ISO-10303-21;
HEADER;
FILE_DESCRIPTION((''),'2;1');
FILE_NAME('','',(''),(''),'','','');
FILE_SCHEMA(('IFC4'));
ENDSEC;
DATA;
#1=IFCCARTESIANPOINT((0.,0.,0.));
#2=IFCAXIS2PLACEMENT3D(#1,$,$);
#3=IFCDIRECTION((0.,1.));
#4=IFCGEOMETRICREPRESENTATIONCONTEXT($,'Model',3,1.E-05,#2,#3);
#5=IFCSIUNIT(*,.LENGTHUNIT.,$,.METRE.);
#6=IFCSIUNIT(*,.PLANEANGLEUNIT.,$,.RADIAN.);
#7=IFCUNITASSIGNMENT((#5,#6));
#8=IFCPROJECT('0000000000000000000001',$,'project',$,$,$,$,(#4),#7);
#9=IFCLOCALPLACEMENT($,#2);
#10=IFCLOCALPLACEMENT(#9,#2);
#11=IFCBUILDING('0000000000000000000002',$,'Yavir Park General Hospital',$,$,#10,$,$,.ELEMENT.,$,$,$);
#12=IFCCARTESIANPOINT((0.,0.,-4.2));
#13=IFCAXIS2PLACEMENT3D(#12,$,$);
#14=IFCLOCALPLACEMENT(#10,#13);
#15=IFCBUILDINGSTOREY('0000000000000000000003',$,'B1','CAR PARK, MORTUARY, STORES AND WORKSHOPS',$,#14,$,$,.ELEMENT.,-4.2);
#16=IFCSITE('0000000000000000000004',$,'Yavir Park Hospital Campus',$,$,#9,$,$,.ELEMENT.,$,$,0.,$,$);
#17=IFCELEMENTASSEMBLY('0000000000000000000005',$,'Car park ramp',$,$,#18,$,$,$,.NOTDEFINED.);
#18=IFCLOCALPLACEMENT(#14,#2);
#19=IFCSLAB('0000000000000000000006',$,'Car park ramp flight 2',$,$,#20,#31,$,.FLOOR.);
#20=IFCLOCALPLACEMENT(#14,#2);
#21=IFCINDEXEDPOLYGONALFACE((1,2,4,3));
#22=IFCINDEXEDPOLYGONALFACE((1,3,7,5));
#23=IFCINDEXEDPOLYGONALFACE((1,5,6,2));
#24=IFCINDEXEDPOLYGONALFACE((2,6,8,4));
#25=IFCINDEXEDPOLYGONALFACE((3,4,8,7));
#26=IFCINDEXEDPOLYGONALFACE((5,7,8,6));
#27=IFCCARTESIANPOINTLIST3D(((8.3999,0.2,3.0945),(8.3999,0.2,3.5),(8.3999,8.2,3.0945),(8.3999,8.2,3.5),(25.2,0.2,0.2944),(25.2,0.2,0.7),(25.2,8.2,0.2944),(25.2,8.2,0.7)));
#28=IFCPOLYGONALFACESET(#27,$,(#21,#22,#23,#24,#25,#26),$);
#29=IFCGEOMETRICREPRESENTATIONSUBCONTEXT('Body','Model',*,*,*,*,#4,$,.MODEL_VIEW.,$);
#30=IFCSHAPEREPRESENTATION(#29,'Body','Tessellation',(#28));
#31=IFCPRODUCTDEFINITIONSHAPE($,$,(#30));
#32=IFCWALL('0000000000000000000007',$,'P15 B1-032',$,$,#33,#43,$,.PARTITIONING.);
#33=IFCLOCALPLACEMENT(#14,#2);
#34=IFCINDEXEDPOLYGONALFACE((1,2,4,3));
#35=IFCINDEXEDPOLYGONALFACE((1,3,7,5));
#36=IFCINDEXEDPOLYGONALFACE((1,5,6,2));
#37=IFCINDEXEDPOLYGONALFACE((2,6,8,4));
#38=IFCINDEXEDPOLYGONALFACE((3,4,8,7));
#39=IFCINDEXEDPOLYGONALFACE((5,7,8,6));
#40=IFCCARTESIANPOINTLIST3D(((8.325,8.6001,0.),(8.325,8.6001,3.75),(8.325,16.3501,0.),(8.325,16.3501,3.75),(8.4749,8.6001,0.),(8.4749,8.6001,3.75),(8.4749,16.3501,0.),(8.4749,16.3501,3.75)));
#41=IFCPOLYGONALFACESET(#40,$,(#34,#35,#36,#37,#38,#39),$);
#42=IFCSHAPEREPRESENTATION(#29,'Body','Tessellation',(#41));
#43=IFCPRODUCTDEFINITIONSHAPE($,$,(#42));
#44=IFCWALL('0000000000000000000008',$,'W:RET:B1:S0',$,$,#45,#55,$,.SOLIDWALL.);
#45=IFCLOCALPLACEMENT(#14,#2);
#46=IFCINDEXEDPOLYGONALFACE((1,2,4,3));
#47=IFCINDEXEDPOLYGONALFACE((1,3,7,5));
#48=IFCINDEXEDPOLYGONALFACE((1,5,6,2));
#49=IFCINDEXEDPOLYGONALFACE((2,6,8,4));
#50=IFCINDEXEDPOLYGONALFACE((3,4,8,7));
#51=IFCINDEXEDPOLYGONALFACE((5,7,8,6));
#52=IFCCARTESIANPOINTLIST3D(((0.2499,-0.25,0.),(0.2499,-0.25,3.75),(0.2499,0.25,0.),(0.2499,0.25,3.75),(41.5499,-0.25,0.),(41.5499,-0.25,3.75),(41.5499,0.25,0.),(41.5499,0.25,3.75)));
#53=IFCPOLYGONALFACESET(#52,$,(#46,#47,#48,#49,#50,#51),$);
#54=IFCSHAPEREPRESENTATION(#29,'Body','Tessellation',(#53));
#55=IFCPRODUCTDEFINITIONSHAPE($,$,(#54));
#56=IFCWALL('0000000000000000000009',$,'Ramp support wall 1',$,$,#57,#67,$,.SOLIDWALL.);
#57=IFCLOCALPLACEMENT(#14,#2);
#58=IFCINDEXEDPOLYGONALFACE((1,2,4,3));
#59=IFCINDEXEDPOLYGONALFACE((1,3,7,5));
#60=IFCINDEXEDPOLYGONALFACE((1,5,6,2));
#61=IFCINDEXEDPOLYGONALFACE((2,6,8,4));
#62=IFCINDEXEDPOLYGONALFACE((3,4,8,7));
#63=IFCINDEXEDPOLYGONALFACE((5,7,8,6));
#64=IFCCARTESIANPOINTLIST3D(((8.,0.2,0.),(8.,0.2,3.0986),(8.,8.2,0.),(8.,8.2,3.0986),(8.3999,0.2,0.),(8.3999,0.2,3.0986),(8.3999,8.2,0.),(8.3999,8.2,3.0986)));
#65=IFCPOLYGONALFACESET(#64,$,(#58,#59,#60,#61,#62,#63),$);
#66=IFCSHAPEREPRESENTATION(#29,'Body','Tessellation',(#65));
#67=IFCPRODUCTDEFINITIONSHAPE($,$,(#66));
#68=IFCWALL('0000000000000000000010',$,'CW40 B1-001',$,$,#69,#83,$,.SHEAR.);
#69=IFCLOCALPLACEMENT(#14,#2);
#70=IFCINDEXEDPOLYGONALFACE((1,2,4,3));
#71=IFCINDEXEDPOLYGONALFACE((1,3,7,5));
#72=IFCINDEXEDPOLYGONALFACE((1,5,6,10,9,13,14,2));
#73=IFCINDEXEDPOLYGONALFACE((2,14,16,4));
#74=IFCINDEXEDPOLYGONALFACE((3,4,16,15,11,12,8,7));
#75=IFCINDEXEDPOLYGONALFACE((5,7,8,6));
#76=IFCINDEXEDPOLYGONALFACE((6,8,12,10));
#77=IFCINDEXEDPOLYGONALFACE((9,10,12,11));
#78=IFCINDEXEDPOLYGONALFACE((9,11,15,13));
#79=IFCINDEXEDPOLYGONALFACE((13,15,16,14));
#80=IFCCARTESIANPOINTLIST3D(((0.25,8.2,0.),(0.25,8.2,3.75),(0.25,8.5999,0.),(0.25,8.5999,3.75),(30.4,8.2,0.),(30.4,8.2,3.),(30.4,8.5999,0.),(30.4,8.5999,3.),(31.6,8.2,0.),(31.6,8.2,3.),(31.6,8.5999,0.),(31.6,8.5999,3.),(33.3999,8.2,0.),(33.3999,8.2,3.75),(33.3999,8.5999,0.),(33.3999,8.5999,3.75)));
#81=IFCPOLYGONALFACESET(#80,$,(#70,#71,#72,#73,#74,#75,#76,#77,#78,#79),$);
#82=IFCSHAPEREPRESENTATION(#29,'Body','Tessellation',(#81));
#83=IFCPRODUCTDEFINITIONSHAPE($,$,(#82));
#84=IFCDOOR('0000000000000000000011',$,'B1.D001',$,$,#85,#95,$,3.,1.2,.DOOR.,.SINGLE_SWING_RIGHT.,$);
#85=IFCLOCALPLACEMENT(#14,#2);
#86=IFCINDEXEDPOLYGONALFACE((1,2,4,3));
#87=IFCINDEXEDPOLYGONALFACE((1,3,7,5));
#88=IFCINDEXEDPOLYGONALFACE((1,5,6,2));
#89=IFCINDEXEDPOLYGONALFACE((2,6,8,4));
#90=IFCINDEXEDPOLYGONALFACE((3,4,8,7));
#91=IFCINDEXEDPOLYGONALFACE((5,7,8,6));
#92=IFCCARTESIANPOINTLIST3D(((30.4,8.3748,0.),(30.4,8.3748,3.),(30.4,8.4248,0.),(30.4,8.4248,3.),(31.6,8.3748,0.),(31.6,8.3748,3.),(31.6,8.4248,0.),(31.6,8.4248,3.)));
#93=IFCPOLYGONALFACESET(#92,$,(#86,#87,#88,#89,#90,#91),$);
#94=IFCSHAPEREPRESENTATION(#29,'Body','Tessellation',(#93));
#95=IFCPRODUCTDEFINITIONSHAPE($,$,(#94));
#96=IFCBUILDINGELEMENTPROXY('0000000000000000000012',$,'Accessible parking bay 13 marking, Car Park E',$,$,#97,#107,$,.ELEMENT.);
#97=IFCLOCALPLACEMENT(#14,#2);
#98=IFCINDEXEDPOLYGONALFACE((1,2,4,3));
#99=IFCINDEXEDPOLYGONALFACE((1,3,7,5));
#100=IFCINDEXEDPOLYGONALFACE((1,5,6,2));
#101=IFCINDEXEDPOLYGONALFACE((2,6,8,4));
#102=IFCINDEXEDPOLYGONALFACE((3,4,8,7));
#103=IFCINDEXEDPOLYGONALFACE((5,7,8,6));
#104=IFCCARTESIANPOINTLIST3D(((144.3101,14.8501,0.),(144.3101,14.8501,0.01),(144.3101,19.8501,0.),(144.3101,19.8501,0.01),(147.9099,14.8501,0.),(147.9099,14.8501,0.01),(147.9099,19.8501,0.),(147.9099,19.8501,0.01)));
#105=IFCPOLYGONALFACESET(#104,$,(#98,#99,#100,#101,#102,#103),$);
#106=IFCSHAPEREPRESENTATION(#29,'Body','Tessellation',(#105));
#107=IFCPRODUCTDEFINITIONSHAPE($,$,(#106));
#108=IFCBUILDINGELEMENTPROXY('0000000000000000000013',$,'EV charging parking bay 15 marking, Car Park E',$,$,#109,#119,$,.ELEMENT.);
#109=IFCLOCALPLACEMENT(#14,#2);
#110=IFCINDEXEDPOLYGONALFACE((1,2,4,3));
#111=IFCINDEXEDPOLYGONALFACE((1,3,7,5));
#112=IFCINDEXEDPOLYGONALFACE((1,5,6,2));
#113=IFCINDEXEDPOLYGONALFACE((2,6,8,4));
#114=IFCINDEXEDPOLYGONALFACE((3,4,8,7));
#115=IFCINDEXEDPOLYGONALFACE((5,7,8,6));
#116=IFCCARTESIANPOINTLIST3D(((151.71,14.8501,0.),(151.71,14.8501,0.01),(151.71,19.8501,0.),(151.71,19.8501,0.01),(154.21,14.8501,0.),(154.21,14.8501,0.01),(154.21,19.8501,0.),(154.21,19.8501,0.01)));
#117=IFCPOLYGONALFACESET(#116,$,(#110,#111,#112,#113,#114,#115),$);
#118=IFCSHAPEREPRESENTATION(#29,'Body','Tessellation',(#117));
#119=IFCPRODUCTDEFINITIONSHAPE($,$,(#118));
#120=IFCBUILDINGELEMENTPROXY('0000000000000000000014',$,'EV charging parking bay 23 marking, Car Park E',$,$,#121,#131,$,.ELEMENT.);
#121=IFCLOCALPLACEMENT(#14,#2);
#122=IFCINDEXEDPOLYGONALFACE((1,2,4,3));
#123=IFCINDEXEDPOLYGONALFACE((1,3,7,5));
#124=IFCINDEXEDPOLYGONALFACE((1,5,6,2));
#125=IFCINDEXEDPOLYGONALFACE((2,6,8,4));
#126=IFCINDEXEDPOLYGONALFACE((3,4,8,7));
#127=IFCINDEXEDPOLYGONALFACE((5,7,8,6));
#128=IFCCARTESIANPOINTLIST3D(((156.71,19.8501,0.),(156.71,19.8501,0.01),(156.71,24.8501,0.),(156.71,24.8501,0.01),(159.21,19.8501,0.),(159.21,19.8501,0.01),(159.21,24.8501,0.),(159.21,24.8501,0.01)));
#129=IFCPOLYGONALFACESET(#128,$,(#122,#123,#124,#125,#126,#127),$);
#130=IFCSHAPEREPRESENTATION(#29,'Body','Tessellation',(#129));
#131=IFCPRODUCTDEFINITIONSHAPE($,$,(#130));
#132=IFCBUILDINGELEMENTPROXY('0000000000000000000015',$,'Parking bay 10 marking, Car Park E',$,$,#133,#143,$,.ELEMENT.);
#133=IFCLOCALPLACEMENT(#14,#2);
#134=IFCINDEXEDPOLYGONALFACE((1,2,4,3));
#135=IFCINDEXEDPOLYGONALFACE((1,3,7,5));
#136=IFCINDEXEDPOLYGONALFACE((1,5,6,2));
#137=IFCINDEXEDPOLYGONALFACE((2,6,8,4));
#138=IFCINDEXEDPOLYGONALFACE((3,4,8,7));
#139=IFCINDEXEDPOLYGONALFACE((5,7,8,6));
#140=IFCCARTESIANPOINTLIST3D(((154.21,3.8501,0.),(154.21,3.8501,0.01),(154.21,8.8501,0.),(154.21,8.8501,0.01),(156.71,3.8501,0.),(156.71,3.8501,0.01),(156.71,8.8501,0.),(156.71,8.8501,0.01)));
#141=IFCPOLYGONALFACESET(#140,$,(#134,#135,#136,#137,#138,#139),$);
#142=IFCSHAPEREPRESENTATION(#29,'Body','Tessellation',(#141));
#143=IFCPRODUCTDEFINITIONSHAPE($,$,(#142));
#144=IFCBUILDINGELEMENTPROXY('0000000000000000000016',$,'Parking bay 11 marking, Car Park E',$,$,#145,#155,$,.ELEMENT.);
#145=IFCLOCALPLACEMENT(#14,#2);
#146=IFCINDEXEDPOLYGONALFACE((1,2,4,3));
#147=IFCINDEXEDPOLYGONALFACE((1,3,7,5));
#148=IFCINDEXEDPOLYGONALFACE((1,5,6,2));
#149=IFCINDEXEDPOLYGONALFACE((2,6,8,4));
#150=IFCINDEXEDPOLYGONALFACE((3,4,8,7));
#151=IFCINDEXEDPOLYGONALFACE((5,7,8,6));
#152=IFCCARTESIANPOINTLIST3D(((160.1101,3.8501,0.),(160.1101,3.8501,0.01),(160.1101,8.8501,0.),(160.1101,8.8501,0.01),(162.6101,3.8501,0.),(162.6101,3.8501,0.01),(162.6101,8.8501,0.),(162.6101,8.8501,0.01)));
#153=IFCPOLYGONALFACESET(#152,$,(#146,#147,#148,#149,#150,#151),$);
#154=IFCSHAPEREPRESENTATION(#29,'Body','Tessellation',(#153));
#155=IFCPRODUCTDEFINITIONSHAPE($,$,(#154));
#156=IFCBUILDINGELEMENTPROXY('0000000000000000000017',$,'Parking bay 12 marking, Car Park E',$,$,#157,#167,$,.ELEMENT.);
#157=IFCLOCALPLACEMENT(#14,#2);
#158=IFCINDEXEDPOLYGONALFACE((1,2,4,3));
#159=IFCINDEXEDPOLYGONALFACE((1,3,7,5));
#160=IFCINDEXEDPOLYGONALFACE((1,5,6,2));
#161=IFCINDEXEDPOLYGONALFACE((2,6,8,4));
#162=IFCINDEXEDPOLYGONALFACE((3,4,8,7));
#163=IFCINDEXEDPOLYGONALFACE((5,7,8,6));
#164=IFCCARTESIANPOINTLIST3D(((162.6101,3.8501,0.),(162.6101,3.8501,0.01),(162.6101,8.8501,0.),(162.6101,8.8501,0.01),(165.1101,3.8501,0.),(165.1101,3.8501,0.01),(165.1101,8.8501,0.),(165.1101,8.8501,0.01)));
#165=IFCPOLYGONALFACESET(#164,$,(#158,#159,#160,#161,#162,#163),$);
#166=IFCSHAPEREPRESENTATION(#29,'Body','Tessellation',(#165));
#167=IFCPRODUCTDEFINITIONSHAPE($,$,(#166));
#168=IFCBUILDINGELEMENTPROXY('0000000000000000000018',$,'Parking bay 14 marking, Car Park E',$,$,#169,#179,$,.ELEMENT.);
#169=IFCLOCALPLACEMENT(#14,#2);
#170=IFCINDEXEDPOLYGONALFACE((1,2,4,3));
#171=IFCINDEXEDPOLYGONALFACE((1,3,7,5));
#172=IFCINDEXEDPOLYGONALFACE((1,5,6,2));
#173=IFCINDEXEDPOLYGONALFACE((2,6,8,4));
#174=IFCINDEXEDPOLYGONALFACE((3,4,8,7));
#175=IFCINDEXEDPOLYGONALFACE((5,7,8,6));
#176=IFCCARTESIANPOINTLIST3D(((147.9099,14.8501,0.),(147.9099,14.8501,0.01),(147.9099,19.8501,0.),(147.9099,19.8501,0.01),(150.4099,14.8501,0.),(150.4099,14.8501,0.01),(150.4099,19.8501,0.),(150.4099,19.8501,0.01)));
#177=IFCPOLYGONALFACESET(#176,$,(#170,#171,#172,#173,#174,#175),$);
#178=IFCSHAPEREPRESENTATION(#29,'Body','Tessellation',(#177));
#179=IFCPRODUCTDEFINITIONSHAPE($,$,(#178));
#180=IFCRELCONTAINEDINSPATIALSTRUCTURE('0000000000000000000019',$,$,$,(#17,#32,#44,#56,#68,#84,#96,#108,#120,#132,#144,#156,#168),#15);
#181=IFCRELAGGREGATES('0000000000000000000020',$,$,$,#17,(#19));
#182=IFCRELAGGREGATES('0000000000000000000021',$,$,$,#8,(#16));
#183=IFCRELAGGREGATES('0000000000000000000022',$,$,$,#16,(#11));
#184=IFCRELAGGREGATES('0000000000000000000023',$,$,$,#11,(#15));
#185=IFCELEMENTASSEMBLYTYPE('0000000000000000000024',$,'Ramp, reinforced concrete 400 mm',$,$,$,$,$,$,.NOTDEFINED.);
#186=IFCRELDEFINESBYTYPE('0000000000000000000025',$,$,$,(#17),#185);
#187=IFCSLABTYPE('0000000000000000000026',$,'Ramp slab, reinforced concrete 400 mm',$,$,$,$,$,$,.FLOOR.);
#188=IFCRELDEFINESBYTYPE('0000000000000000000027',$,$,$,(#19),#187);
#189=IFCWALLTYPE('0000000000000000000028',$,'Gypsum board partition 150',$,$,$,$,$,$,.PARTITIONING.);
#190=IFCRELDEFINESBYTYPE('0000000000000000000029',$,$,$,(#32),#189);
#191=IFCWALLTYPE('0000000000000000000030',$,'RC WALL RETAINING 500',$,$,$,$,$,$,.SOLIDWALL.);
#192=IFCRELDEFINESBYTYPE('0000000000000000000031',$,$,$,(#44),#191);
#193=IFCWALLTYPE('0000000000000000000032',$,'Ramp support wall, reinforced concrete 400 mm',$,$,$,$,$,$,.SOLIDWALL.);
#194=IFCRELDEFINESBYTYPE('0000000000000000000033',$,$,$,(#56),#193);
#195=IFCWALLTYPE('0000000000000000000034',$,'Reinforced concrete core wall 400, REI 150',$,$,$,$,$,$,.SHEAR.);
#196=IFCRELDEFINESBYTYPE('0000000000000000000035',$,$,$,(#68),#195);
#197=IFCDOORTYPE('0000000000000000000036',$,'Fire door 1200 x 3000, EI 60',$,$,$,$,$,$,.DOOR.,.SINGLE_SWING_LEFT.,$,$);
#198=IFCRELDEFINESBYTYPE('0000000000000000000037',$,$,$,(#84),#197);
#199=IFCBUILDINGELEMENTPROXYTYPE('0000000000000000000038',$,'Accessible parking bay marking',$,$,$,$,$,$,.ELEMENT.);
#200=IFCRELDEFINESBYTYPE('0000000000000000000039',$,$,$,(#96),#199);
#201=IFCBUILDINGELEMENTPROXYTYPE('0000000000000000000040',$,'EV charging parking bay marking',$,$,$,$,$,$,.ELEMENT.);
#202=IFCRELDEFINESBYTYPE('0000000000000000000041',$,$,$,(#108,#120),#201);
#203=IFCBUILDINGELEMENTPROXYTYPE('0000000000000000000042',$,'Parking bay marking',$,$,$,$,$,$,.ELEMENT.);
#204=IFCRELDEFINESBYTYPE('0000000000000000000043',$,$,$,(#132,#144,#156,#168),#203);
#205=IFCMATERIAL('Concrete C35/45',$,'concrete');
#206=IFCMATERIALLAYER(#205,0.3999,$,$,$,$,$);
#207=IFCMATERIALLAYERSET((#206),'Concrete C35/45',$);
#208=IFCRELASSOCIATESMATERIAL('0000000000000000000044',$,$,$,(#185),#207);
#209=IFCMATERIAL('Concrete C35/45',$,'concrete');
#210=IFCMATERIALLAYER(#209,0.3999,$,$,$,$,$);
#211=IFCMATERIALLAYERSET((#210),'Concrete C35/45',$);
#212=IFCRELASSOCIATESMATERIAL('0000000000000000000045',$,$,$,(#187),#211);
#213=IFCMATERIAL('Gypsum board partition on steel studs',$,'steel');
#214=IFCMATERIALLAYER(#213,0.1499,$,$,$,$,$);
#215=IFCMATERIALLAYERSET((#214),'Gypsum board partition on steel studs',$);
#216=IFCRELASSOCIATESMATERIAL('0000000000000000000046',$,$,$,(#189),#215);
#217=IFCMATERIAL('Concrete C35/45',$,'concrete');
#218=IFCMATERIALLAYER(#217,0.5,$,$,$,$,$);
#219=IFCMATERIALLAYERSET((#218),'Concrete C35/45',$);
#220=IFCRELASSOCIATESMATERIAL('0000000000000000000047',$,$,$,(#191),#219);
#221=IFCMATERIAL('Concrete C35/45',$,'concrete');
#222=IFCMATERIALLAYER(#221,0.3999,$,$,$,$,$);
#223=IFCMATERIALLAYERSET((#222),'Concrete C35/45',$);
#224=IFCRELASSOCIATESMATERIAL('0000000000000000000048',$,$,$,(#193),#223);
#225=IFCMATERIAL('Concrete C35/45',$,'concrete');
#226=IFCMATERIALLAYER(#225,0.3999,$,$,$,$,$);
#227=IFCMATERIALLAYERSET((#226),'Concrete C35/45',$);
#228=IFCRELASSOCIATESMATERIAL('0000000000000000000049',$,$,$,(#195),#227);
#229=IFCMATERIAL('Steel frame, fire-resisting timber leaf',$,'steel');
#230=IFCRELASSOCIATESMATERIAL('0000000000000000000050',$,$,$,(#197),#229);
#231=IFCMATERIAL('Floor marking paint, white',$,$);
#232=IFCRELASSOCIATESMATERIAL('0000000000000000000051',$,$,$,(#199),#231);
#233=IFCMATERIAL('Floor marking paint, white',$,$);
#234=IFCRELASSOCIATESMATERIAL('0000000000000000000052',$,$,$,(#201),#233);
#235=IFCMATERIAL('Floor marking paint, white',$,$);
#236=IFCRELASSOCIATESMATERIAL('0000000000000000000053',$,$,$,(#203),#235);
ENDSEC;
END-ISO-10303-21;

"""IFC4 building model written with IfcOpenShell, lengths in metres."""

from ifc_helpers import new_model, si_unit, direction, frame, frame_2d, origin, place, context, subcontext, project, spatial, polyline, rectangle, outline, extrude, material, layer, layer_set, type_object, element, fill, aggregate, save


model = new_model("IFC4")

# Units and contexts
model_context = context("Model", 3, precision=1e-05, world=origin(), true_north=direction((0.0, 1.0)))
body_context = subcontext(model_context, "Body", "Model", "MODEL_VIEW")
ifc_project = project(units=[si_unit("LENGTHUNIT", "METRE"), si_unit("PLANEANGLEUNIT", "RADIAN")], contexts=[model_context])

# Site, building, storey
site_placement = place(None, origin())
site = spatial("IfcSite", under=ifc_project, at=site_placement, Name="Yavir Park Hospital Campus", CompositionType="ELEMENT", RefElevation=0.0)
building_placement = place(site_placement, origin())
building = spatial("IfcBuilding", under=site, at=building_placement, Name="Yavir Park General Hospital", CompositionType="ELEMENT")
storey_placement = place(building_placement, frame((0.0, 0.0, -4.2)))
storey = spatial("IfcBuildingStorey", under=building, at=storey_placement, Name="B1", Description="CAR PARK, MORTUARY, STORES AND WORKSHOPS", CompositionType="ELEMENT", Elevation=-4.2)

# Element assembly, slab
ifc_material_1 = material(Name="Concrete C35/45", Category="concrete")
ifc_layer_1 = layer(ifc_material_1, 0.3999)
ifc_layer_set_1 = layer_set([ifc_layer_1], Name="Concrete C35/45")
element_assembly_type = type_object("IfcElementAssemblyType", Name="Ramp, reinforced concrete 400 mm", PredefinedType="NOTDEFINED", material=ifc_layer_set_1)
assembly_placement = place(storey_placement, origin())
assembly = element("IfcElementAssembly", 1, at=assembly_placement, inside=storey, type_object=element_assembly_type, Name="Car park ramp", PredefinedType="NOTDEFINED")
ifc_material_2 = material(Name="Concrete C35/45", Category="concrete")
ifc_layer_2 = layer(ifc_material_2, 0.3999)
ifc_layer_set_2 = layer_set([ifc_layer_2], Name="Concrete C35/45")
slab_type = type_object("IfcSlabType", Name="Ramp slab, reinforced concrete 400 mm", PredefinedType="FLOOR", material=ifc_layer_set_2)
slab_placement = place(storey_placement, frame((8.3999, 0.2, 3.5), z_axis=(0.0, 0.0, 1.0), x_axis=(1.0, 0.0, 0.0)))
slab = element("IfcSlab", 2, at=slab_placement, type_object=slab_type, Name="Car park ramp flight 2", PredefinedType="FLOOR", context=body_context, shape_type="SweptSolid", body=[
    extrude(outline(polyline([(0.0, 0.0), (16.8, -2.8), (16.8, -3.2056), (0.0, -0.4055), (0.0, 0.0)])), frame((0.0, 8.0, 0.0), z_axis=(0.0, -1.0, 0.0), x_axis=(1.0, 0.0, 0.0)), (0.0, 0.0, 1.0), 8.0),
])
aggregate(assembly, [slab])

# Walls
ifc_material_3 = material(Name="Gypsum board partition on steel studs", Category="steel")
ifc_layer_3 = layer(ifc_material_3, 0.1499)
ifc_layer_set_3 = layer_set([ifc_layer_3], Name="Gypsum board partition on steel studs")
wall_type_1 = type_object("IfcWallType", Name="Gypsum board partition 150", PredefinedType="PARTITIONING", material=ifc_layer_set_3)
wall_1_placement = place(storey_placement, frame((8.3999, 8.6001, 0.0), z_axis=(0.0, 0.0, 1.0), x_axis=(0.0, 1.0, 0.0)))
element("IfcWall", 3, at=wall_1_placement, inside=storey, type_object=wall_type_1, Name="P15 B1-032", PredefinedType="PARTITIONING", context=body_context, shape_type="SweptSolid", body=[
    extrude(rectangle(XDim=7.75, YDim=0.1499, at=frame_2d((3.875, 0.0))), origin(), (0.0, 0.0, 1.0), 3.75),
])
ifc_material_4 = material(Name="Concrete C35/45", Category="concrete")
ifc_layer_4 = layer(ifc_material_4, 0.5)
ifc_layer_set_4 = layer_set([ifc_layer_4], Name="Concrete C35/45")
wall_type_2 = type_object("IfcWallType", Name="RC WALL RETAINING 500", PredefinedType="SOLIDWALL", material=ifc_layer_set_4)
wall_2_placement = place(storey_placement, frame((0.25, 0.0, 0.0), z_axis=(0.0, 0.0, 1.0), x_axis=(1.0, 0.0, 0.0)))
element("IfcWall", 4, at=wall_2_placement, inside=storey, type_object=wall_type_2, Name="W:RET:B1:S0", PredefinedType="SOLIDWALL", context=body_context, shape_type="SweptSolid", body=[
    extrude(rectangle(XDim=41.3, YDim=0.5, at=frame_2d((20.6499, 0.0))), origin(), (0.0, 0.0, 1.0), 3.75),
])
ifc_material_5 = material(Name="Concrete C35/45", Category="concrete")
ifc_layer_5 = layer(ifc_material_5, 0.3999)
ifc_layer_set_5 = layer_set([ifc_layer_5], Name="Concrete C35/45")
wall_type_3 = type_object("IfcWallType", Name="Ramp support wall, reinforced concrete 400 mm", PredefinedType="SOLIDWALL", material=ifc_layer_set_5)
wall_3_placement = place(storey_placement, frame((8.2, 0.2, 0.0), z_axis=(0.0, 0.0, 1.0), x_axis=(0.0, 1.0, 0.0)))
element("IfcWall", 5, at=wall_3_placement, inside=storey, type_object=wall_type_3, Name="Ramp support wall 1", PredefinedType="SOLIDWALL", context=body_context, shape_type="SweptSolid", body=[
    extrude(rectangle(XDim=8.0, YDim=0.3999, at=frame_2d((4.0, 0.0))), origin(), (0.0, 0.0, 1.0), 3.0986),
])

# Wall, opening, door
ifc_material_6 = material(Name="Concrete C35/45", Category="concrete")
ifc_layer_6 = layer(ifc_material_6, 0.3999)
ifc_layer_set_6 = layer_set([ifc_layer_6], Name="Concrete C35/45")
wall_type_4 = type_object("IfcWallType", Name="Reinforced concrete core wall 400, REI 150", PredefinedType="SHEAR", material=ifc_layer_set_6)
wall_4_placement = place(storey_placement, frame((0.25, 8.3999, 0.0), z_axis=(0.0, 0.0, 1.0), x_axis=(1.0, 0.0, 0.0)))
wall_4 = element("IfcWall", 6, at=wall_4_placement, inside=storey, type_object=wall_type_4, Name="CW40 B1-001", PredefinedType="SHEAR", context=body_context, shape_type="SweptSolid", body=[
    extrude(rectangle(XDim=33.1499, YDim=0.3999, at=frame_2d((16.575, 0.0))), origin(), (0.0, 0.0, 1.0), 3.75),
])
opening_placement = place(wall_4_placement, frame((30.1499, 0.0, 0.0)))
opening = element("IfcOpeningElement", 7, at=opening_placement, cuts=wall_4, PredefinedType="OPENING", context=body_context, shape_type="SweptSolid", body=[
    extrude(rectangle(XDim=1.2, YDim=3.0, at=frame_2d((0.6001, 1.5))), frame((0.0, 0.21, 0.0), z_axis=(0.0, -1.0, 0.0), x_axis=(1.0, 0.0, 0.0)), (0.0, 0.0, 1.0), 0.4199),
])
ifc_material_7 = material(Name="Steel frame, fire-resisting timber leaf", Category="steel")
door_type = type_object("IfcDoorType", Name="Fire door 1200 x 3000, EI 60", OperationType="SINGLE_SWING_LEFT", PredefinedType="DOOR", material=ifc_material_7)
door_placement = place(opening_placement, origin())
door = element("IfcDoor", 8, at=door_placement, inside=storey, type_object=door_type, Name="B1.D001", OperationType="SINGLE_SWING_RIGHT", OverallHeight=3.0, OverallWidth=1.2, PredefinedType="DOOR", context=body_context, shape_type="SweptSolid", body=[
    extrude(rectangle(XDim=1.2, YDim=3.0, at=frame_2d((0.6001, 1.5))), frame((0.0, 0.0249, 0.0), z_axis=(0.0, -1.0, 0.0), x_axis=(1.0, 0.0, 0.0)), (0.0, 0.0, 1.0), 0.05),
])
fill(opening, door)

# Building element proxies
ifc_material_8 = material(Name="Floor marking paint, white")
building_element_proxy_type_1 = type_object("IfcBuildingElementProxyType", Name="Accessible parking bay marking", PredefinedType="ELEMENT", material=ifc_material_8)
proxy_1_placement = place(storey_placement, origin())
element("IfcBuildingElementProxy", 9, at=proxy_1_placement, inside=storey, type_object=building_element_proxy_type_1, Name="Accessible parking bay 13 marking, Car Park E", PredefinedType="ELEMENT", context=body_context, shape_type="SweptSolid", body=[
    extrude(outline(polyline([(144.3101, 14.8501), (147.9099, 14.8501), (147.9099, 19.8501), (144.3101, 19.8501), (144.3101, 14.8501)])), origin(), (0.0, 0.0, 1.0), 0.01),
])
ifc_material_9 = material(Name="Floor marking paint, white")
building_element_proxy_type_2 = type_object("IfcBuildingElementProxyType", Name="EV charging parking bay marking", PredefinedType="ELEMENT", material=ifc_material_9)
proxy_2_placement = place(storey_placement, origin())
element("IfcBuildingElementProxy", 10, at=proxy_2_placement, inside=storey, type_object=building_element_proxy_type_2, Name="EV charging parking bay 15 marking, Car Park E", PredefinedType="ELEMENT", context=body_context, shape_type="SweptSolid", body=[
    extrude(outline(polyline([(151.71, 14.8501), (154.21, 14.8501), (154.21, 19.8501), (151.71, 19.8501), (151.71, 14.8501)])), origin(), (0.0, 0.0, 1.0), 0.01),
])
proxy_3_placement = place(storey_placement, origin())
element("IfcBuildingElementProxy", 11, at=proxy_3_placement, inside=storey, type_object=building_element_proxy_type_2, Name="EV charging parking bay 23 marking, Car Park E", PredefinedType="ELEMENT", context=body_context, shape_type="SweptSolid", body=[
    extrude(outline(polyline([(156.71, 19.8501), (159.21, 19.8501), (159.21, 24.8501), (156.71, 24.8501), (156.71, 19.8501)])), origin(), (0.0, 0.0, 1.0), 0.01),
])
ifc_material_10 = material(Name="Floor marking paint, white")
building_element_proxy_type_3 = type_object("IfcBuildingElementProxyType", Name="Parking bay marking", PredefinedType="ELEMENT", material=ifc_material_10)
proxy_4_placement = place(storey_placement, origin())
element("IfcBuildingElementProxy", 12, at=proxy_4_placement, inside=storey, type_object=building_element_proxy_type_3, Name="Parking bay 10 marking, Car Park E", PredefinedType="ELEMENT", context=body_context, shape_type="SweptSolid", body=[
    extrude(outline(polyline([(154.21, 3.8501), (156.71, 3.8501), (156.71, 8.8501), (154.21, 8.8501), (154.21, 3.8501)])), origin(), (0.0, 0.0, 1.0), 0.01),
])
proxy_5_placement = place(storey_placement, origin())
element("IfcBuildingElementProxy", 13, at=proxy_5_placement, inside=storey, type_object=building_element_proxy_type_3, Name="Parking bay 11 marking, Car Park E", PredefinedType="ELEMENT", context=body_context, shape_type="SweptSolid", body=[
    extrude(outline(polyline([(160.1101, 3.8501), (162.6101, 3.8501), (162.6101, 8.8501), (160.1101, 8.8501), (160.1101, 3.8501)])), origin(), (0.0, 0.0, 1.0), 0.01),
])
proxy_6_placement = place(storey_placement, origin())
element("IfcBuildingElementProxy", 14, at=proxy_6_placement, inside=storey, type_object=building_element_proxy_type_3, Name="Parking bay 12 marking, Car Park E", PredefinedType="ELEMENT", context=body_context, shape_type="SweptSolid", body=[
    extrude(outline(polyline([(162.6101, 3.8501), (165.1101, 3.8501), (165.1101, 8.8501), (162.6101, 8.8501), (162.6101, 3.8501)])), origin(), (0.0, 0.0, 1.0), 0.01),
])
proxy_7_placement = place(storey_placement, origin())
element("IfcBuildingElementProxy", 15, at=proxy_7_placement, inside=storey, type_object=building_element_proxy_type_3, Name="Parking bay 14 marking, Car Park E", PredefinedType="ELEMENT", context=body_context, shape_type="SweptSolid", body=[
    extrude(outline(polyline([(147.9099, 14.8501), (150.4099, 14.8501), (150.4099, 19.8501), (147.9099, 19.8501), (147.9099, 14.8501)])), origin(), (0.0, 0.0, 1.0), 0.01),
])

save(model, "model.ifc")
